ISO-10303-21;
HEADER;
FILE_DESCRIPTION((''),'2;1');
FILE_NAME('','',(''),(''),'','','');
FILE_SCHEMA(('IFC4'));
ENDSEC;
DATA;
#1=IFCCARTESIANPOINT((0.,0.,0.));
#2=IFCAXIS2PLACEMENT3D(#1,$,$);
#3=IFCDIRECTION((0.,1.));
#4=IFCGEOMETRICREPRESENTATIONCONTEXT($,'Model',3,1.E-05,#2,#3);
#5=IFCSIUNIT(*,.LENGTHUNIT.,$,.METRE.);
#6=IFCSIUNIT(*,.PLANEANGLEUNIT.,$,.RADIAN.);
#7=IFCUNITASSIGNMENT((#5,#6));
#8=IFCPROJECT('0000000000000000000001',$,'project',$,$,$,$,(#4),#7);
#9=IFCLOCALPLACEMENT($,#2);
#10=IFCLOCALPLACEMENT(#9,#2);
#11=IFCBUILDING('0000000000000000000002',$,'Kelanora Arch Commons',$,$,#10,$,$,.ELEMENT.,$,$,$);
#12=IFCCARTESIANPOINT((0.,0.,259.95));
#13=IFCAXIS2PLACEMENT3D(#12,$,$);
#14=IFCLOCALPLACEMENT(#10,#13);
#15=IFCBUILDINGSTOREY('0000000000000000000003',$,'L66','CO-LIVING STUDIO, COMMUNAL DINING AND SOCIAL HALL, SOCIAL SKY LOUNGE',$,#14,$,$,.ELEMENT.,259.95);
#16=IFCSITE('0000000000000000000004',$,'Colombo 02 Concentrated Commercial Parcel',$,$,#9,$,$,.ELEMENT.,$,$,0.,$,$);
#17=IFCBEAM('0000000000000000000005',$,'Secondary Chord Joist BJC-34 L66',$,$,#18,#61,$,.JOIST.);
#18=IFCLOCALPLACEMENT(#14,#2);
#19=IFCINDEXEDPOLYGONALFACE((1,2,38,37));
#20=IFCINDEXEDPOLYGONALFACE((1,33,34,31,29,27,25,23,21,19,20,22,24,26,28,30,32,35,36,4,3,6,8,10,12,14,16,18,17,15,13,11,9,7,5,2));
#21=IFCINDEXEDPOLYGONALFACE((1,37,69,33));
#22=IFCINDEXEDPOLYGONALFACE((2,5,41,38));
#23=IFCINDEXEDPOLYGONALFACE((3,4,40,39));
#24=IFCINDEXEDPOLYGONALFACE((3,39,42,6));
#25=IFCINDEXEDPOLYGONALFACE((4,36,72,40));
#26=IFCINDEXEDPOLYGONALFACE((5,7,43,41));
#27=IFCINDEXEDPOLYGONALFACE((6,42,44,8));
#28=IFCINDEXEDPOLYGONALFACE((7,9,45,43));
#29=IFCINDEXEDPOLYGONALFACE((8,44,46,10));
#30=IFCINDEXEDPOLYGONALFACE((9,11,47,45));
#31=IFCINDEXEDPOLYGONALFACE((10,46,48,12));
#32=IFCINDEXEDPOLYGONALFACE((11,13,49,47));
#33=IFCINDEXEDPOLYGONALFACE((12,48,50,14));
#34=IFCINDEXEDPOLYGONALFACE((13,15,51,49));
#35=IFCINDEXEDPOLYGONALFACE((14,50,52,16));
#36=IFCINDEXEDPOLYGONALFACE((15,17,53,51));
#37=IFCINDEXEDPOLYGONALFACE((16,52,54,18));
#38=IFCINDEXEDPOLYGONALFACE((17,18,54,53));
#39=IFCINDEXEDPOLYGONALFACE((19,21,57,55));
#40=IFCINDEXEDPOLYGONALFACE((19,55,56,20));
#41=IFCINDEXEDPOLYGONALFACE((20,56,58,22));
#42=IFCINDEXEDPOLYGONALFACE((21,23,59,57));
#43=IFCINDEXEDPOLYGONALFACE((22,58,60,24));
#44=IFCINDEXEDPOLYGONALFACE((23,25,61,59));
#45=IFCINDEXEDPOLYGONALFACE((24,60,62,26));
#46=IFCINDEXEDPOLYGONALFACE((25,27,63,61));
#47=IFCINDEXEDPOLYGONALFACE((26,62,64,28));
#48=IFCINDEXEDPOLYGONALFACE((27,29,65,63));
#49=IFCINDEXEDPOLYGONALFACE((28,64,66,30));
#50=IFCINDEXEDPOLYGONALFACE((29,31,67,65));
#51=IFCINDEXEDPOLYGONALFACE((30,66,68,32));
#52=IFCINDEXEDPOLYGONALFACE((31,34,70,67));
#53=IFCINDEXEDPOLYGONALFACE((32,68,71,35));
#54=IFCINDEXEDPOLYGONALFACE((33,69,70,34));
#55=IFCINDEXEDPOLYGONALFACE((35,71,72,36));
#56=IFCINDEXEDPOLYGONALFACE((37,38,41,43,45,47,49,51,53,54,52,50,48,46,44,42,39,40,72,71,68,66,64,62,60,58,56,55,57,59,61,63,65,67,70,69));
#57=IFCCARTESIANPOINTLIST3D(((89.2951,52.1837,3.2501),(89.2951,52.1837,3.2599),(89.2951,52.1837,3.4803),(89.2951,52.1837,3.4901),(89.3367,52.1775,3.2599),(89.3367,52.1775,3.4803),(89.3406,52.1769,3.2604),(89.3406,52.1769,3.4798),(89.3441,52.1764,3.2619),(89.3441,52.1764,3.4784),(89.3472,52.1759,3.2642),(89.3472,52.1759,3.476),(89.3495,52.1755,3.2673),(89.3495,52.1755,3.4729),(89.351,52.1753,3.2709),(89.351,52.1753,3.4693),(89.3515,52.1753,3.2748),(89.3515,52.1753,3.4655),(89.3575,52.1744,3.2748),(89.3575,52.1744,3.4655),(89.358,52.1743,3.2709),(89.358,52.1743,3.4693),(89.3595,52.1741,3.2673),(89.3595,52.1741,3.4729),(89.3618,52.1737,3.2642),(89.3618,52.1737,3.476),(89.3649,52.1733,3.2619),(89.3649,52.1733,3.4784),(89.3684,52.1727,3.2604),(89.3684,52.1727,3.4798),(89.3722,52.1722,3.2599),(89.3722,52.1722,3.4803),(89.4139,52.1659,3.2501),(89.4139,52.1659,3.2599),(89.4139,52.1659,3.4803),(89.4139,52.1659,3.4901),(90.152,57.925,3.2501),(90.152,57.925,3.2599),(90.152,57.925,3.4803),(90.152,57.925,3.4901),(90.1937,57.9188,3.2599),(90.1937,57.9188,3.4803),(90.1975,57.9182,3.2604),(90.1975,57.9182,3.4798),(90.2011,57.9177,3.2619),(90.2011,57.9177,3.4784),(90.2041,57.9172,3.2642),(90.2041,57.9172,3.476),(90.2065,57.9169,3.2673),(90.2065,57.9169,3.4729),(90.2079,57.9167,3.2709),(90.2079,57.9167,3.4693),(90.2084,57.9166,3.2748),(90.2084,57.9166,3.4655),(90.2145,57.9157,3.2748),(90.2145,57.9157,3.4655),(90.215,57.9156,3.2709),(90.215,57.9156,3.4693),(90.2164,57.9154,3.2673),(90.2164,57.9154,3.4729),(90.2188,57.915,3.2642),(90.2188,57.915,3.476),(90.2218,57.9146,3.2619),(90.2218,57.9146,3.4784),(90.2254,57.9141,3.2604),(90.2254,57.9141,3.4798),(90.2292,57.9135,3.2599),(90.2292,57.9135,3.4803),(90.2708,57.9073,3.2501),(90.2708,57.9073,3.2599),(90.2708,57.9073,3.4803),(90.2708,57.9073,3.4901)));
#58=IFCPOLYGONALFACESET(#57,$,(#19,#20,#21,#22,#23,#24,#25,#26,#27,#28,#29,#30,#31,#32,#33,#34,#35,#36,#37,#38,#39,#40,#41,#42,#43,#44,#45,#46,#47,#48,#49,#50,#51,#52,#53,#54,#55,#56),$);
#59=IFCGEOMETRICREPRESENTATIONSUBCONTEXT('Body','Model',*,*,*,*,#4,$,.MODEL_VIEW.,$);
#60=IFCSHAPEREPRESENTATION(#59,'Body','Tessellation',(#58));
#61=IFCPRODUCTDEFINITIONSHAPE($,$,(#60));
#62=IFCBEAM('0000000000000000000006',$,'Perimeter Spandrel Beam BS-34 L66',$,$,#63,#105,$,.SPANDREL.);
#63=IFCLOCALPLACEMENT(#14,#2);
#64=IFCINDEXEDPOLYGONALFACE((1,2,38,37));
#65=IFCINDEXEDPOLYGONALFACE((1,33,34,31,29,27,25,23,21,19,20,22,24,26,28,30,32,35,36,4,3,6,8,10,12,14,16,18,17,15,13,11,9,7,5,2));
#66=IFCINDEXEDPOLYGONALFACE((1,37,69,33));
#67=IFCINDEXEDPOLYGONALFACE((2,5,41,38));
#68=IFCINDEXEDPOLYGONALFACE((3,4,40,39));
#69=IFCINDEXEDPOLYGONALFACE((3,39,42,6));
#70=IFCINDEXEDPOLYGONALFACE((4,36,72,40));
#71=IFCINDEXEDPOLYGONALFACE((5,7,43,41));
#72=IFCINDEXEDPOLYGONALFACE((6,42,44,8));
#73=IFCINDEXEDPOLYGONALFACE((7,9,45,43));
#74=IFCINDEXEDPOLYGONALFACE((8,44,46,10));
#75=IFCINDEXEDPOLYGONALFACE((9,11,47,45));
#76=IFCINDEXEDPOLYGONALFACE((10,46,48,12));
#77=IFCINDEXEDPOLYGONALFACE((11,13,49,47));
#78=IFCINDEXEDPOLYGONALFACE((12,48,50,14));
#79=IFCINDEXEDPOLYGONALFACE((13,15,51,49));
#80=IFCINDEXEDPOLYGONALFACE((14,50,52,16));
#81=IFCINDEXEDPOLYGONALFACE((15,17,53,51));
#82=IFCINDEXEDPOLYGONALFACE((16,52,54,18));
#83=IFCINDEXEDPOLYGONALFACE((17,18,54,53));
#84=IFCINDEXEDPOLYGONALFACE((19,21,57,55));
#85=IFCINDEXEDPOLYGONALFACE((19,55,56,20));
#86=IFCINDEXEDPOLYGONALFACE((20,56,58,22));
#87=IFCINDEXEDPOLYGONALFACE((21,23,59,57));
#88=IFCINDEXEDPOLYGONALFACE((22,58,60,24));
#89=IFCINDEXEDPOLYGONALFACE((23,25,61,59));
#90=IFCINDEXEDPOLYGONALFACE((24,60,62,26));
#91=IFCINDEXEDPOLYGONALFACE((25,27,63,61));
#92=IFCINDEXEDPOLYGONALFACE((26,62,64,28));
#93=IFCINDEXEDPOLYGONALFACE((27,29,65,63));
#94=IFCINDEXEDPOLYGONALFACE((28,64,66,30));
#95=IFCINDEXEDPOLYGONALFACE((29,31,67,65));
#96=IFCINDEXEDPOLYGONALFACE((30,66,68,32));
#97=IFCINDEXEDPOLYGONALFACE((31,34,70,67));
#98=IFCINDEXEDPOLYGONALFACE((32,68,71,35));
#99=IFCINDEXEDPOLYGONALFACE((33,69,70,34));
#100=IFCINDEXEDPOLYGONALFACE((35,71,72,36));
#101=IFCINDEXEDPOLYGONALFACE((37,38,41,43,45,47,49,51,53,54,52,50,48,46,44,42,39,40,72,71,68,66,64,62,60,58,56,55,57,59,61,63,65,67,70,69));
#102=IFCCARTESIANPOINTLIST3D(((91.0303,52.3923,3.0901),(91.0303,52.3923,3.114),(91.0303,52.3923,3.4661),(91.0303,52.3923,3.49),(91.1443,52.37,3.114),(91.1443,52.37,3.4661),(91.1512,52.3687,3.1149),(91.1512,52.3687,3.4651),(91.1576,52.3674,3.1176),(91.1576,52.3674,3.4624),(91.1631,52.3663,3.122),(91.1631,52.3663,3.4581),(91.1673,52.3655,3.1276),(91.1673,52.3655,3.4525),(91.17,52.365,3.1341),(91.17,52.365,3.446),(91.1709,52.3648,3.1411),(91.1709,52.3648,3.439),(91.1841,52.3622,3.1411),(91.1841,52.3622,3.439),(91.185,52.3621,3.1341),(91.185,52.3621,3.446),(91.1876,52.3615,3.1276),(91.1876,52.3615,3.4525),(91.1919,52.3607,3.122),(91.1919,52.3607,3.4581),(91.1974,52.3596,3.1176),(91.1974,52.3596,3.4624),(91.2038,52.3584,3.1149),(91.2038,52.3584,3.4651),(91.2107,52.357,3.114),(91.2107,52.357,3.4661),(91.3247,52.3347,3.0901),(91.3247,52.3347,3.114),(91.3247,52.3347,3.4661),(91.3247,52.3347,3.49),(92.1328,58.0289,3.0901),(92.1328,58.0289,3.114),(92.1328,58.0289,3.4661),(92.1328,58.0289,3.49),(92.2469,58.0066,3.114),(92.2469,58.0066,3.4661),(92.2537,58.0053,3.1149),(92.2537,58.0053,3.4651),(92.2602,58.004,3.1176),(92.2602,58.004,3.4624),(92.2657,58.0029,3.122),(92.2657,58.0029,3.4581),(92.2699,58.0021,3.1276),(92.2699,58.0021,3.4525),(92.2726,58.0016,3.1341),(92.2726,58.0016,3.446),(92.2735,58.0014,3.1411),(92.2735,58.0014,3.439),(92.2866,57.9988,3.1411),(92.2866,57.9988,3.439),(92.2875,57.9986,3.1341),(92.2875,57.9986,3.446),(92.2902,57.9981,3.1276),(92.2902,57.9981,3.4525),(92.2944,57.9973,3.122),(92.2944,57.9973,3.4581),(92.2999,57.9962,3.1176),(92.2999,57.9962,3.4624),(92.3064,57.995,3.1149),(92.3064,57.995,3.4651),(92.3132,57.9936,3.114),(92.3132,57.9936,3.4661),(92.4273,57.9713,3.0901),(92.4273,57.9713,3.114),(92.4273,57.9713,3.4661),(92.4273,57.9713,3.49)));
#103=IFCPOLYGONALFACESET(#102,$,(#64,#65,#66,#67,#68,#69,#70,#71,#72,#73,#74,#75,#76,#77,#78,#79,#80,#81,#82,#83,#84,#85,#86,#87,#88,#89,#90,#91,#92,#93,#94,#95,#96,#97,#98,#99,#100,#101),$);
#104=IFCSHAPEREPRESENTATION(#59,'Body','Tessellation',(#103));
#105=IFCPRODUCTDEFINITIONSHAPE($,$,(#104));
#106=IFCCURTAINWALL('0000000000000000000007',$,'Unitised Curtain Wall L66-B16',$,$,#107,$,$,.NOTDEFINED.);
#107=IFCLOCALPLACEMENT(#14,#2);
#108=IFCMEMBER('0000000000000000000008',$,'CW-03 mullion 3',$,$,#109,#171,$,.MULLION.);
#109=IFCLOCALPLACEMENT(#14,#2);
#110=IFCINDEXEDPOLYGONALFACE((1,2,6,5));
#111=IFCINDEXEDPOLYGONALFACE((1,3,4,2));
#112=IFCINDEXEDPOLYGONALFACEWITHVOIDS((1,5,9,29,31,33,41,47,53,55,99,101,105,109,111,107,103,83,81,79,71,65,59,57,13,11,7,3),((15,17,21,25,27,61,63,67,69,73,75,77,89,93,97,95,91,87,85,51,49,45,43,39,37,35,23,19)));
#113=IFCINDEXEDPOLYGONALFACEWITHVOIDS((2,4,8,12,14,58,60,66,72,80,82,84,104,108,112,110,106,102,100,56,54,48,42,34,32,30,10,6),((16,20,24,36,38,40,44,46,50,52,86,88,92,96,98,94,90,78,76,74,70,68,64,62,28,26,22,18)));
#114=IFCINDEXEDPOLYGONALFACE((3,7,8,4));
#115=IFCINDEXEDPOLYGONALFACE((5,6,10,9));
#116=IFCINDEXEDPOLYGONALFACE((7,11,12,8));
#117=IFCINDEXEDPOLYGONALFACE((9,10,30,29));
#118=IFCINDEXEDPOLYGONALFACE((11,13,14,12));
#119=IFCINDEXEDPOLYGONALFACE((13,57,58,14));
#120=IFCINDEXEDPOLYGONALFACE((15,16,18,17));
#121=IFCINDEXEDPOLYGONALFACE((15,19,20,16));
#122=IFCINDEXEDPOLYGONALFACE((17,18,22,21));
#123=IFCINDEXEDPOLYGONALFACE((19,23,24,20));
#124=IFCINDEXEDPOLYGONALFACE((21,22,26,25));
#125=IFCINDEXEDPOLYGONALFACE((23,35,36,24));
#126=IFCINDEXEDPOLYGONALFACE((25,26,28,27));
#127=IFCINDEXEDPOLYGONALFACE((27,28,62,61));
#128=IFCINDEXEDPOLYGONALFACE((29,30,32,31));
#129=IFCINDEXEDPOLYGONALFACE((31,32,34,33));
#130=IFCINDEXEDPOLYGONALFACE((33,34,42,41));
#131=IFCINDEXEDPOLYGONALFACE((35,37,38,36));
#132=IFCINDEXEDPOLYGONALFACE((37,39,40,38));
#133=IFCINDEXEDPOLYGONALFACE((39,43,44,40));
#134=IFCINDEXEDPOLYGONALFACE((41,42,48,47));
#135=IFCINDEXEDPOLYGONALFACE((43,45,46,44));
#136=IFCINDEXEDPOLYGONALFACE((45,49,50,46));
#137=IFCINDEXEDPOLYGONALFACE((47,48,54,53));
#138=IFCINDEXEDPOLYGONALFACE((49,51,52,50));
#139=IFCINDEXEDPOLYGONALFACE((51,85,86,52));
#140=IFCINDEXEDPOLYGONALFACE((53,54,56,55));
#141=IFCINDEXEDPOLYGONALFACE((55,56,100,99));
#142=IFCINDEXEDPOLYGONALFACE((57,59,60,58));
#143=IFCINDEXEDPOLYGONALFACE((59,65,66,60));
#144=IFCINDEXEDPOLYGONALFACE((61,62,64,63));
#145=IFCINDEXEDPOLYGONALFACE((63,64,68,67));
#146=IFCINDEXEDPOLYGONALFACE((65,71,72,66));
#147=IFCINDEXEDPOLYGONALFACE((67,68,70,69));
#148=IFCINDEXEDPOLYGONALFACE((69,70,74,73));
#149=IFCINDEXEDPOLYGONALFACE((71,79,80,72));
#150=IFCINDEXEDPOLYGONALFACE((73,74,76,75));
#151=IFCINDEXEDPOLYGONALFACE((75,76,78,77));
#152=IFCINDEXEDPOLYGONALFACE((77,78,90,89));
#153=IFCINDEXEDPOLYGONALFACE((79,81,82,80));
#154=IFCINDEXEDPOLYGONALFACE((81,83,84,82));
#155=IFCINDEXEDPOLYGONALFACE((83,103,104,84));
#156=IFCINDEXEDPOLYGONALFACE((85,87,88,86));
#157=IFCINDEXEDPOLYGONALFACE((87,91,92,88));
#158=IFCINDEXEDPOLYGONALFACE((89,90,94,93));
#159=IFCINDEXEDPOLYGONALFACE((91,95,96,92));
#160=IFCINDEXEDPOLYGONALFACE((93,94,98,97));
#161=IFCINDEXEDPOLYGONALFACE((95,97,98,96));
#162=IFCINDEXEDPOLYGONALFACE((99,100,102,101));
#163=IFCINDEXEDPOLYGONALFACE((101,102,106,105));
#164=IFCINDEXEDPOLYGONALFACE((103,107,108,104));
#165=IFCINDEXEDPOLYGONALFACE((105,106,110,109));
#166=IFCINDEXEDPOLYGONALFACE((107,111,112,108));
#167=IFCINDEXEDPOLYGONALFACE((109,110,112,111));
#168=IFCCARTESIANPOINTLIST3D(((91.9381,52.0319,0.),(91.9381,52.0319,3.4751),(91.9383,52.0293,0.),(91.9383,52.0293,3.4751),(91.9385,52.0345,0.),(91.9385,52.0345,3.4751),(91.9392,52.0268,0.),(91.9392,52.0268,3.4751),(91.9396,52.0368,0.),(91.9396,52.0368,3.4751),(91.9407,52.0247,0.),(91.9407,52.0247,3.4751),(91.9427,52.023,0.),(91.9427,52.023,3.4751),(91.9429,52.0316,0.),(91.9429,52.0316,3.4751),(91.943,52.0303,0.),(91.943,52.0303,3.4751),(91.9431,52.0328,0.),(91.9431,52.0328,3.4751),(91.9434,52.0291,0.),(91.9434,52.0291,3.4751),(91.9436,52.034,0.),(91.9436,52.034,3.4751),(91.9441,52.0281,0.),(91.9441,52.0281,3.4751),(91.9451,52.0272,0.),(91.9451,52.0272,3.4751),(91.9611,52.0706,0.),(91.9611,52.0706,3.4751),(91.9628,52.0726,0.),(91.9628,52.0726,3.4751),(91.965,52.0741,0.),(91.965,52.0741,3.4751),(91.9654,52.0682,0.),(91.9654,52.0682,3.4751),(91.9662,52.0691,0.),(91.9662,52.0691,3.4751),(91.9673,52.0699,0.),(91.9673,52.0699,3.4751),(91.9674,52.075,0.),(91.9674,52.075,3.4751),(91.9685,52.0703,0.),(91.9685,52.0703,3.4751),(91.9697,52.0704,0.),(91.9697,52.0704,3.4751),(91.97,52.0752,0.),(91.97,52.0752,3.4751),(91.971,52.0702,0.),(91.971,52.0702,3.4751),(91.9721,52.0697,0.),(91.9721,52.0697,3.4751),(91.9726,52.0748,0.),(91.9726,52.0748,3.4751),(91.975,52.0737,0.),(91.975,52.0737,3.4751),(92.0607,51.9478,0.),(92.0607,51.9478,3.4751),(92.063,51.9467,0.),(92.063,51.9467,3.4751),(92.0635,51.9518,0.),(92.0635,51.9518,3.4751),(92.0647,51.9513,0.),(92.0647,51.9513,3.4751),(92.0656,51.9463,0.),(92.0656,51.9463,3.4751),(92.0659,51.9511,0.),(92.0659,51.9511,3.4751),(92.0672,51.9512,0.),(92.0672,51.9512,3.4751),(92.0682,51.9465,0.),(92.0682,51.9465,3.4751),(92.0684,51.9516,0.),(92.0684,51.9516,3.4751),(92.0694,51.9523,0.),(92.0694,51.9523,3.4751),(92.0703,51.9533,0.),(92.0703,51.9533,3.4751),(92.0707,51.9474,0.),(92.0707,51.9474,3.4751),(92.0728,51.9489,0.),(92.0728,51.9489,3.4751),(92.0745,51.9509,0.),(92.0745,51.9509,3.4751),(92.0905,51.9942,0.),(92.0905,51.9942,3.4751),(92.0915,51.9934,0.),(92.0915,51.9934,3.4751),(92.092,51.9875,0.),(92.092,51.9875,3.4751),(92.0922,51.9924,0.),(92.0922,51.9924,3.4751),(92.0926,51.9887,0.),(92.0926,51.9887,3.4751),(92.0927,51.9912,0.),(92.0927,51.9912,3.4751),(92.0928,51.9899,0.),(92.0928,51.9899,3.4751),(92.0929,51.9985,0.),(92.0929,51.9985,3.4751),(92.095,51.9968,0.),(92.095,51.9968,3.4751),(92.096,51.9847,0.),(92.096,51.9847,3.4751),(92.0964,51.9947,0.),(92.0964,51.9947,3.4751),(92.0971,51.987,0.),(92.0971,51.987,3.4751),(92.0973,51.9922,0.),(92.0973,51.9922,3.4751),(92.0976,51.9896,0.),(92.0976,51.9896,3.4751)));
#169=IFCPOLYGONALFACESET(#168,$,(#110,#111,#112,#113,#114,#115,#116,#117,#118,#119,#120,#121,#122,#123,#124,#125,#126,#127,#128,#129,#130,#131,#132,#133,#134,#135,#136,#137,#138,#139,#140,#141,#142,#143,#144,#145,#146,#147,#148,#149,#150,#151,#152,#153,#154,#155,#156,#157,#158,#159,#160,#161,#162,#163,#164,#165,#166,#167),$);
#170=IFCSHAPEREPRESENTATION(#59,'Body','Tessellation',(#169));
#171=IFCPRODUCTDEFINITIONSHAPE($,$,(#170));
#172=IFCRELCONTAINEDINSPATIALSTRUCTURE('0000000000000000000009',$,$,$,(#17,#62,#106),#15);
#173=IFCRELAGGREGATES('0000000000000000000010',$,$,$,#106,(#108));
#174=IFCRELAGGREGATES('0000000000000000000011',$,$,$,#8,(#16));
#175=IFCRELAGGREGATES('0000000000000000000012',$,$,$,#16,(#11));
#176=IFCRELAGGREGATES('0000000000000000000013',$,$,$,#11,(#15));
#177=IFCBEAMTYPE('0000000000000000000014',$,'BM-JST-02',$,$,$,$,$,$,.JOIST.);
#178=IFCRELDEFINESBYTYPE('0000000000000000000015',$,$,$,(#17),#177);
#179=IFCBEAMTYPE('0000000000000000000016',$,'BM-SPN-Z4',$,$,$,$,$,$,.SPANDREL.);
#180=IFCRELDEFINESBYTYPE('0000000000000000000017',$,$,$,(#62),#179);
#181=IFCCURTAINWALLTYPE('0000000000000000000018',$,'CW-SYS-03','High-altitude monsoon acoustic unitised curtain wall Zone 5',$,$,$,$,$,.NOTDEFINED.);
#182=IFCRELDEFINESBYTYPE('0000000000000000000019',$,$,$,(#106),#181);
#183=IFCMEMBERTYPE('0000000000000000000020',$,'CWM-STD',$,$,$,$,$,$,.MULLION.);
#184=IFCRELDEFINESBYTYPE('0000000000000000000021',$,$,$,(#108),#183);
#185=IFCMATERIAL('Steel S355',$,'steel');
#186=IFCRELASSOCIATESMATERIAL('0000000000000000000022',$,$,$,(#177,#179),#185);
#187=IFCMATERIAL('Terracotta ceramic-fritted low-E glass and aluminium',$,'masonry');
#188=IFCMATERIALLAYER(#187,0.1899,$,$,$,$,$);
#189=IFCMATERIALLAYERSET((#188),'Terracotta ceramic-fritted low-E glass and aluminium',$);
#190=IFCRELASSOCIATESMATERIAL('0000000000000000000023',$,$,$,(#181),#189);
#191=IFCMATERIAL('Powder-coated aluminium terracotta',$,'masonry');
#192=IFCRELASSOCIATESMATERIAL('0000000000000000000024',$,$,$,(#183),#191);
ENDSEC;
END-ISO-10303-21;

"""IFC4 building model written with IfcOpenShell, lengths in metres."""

from ifc_helpers import new_model, si_unit, direction, frame, origin, origin_2d, place, context, subcontext, project, spatial, hollow_rectangle, i_section, extrude, material, layer, layer_set, material_profile, profile_set, type_object, element, aggregate, save


model = new_model("IFC4")

# Units and contexts
model_context = context("Model", 3, precision=1e-05, world=origin(), true_north=direction((0.0, 1.0)))
body_context = subcontext(model_context, "Body", "Model", "MODEL_VIEW")
ifc_project = project(units=[si_unit("LENGTHUNIT", "METRE"), si_unit("PLANEANGLEUNIT", "RADIAN")], contexts=[model_context])

# Site, building, storey
site_placement = place(None, origin())
site = spatial("IfcSite", under=ifc_project, at=site_placement, Name="Colombo 02 Concentrated Commercial Parcel", CompositionType="ELEMENT", RefElevation=0.0)
building_placement = place(site_placement, origin())
building = spatial("IfcBuilding", under=site, at=building_placement, Name="Kelanora Arch Commons", CompositionType="ELEMENT")
storey_placement = place(building_placement, frame((0.0, 0.0, 259.95)))
storey = spatial("IfcBuildingStorey", under=building, at=storey_placement, Name="L66", Description="CO-LIVING STUDIO, COMMUNAL DINING AND SOCIAL HALL, SOCIAL SKY LOUNGE", CompositionType="ELEMENT", Elevation=259.95)

# Beams
ifc_material_1 = material(Name="Steel S355", Category="steel")
ifc_material_profile_1 = material_profile(ifc_material_1, i_section(OverallWidth=0.1201, OverallDepth=0.24, WebThickness=0.0061, FlangeThickness=0.0098, FilletRadius=0.0149, at=origin_2d()), Name="IPE240")
ifc_profile_set_1 = profile_set([ifc_material_profile_1], Name="Steel S355")
beam_type_1 = type_object("IfcBeamType", Name="BM-JST-02", PredefinedType="JOIST", material=ifc_profile_set_1)
beam_1_placement = place(storey_placement, frame((89.3545, 52.1748, 3.3701), z_axis=(0.147625, 0.989043, 0.0), x_axis=(-0.989043, 0.147625, 0.0)))
element("IfcBeam", 1, at=beam_1_placement, inside=storey, type_object=beam_type_1, Name="Secondary Chord Joist BJC-34 L66", PredefinedType="JOIST", context=body_context, shape_type="SweptSolid", body=[
    extrude(i_section(OverallWidth=0.1201, OverallDepth=0.24, WebThickness=0.0061, FlangeThickness=0.0098, FilletRadius=0.0149, at=origin_2d()), origin(), (0.0, 0.0, 1.0), 5.8049),
])
ifc_material_profile_2 = material_profile(ifc_material_1, i_section(OverallWidth=0.3, OverallDepth=0.3999, WebThickness=0.0134, FlangeThickness=0.0239, FilletRadius=0.0271, at=origin_2d()), Name="HEB400")
ifc_profile_set_2 = profile_set([ifc_material_profile_2], Name="Steel S355")
beam_type_2 = type_object("IfcBeamType", Name="BM-SPN-Z4", PredefinedType="SPANDREL", material=ifc_profile_set_2)
beam_2_placement = place(storey_placement, frame((91.1775, 52.3635, 3.29), z_axis=(0.19197, 0.981401, 0.0), x_axis=(-0.981401, 0.19197, 0.0)))
element("IfcBeam", 2, at=beam_2_placement, inside=storey, type_object=beam_type_2, Name="Perimeter Spandrel Beam BS-34 L66", PredefinedType="SPANDREL", context=body_context, shape_type="SweptSolid", body=[
    extrude(i_section(OverallWidth=0.3, OverallDepth=0.3999, WebThickness=0.0134, FlangeThickness=0.0239, FilletRadius=0.0271, at=origin_2d()), origin(), (0.0, 0.0, 1.0), 5.7434),
])

# Curtain wall, member
ifc_material_2 = material(Name="Terracotta ceramic-fritted low-E glass and aluminium", Category="masonry")
ifc_layer_1 = layer(ifc_material_2, 0.1899)
ifc_layer_set_1 = layer_set([ifc_layer_1], Name="Terracotta ceramic-fritted low-E glass and aluminium")
curtain_wall_type = type_object("IfcCurtainWallType", Name="CW-SYS-03", Description="High-altitude monsoon acoustic unitised curtain wall Zone 5", PredefinedType="NOTDEFINED", material=ifc_layer_set_1)
curtain_wall_placement = place(storey_placement, origin())
curtain_wall = element("IfcCurtainWall", 3, at=curtain_wall_placement, inside=storey, type_object=curtain_wall_type, Name="Unitised Curtain Wall L66-B16", PredefinedType="NOTDEFINED")
ifc_material_3 = material(Name="Powder-coated aluminium terracotta", Category="masonry")
ifc_material_profile_3 = material_profile(ifc_material_3, hollow_rectangle(XDim=0.1599, YDim=0.0601, WallThickness=0.0049, InnerFilletRadius=0.0049, OuterFilletRadius=0.01, at=origin_2d()), Name="CWM160x60")
ifc_profile_set_3 = profile_set([ifc_material_profile_3], Name="Powder-coated aluminium terracotta")
member_type_1 = type_object("IfcMemberType", Name="CWM-STD", PredefinedType="MULLION", material=ifc_profile_set_3)
member_1_placement = place(storey_placement, frame((92.0178, 52.0107, 0.0), z_axis=(0.0, 0.0, 1.0), x_axis=(-0.843391, 0.5373, 0.0)))
member_1 = element("IfcMember", 4, at=member_1_placement, type_object=member_type_1, Name="CW-03 mullion 3", PredefinedType="MULLION", context=body_context, shape_type="SweptSolid", body=[
    extrude(hollow_rectangle(XDim=0.1599, YDim=0.0601, WallThickness=0.0049, InnerFilletRadius=0.0049, OuterFilletRadius=0.01, at=origin_2d()), origin(), (0.0, 0.0, 1.0), 3.4751),
])
aggregate(curtain_wall, [member_1])

save(model, "model.ifc")
